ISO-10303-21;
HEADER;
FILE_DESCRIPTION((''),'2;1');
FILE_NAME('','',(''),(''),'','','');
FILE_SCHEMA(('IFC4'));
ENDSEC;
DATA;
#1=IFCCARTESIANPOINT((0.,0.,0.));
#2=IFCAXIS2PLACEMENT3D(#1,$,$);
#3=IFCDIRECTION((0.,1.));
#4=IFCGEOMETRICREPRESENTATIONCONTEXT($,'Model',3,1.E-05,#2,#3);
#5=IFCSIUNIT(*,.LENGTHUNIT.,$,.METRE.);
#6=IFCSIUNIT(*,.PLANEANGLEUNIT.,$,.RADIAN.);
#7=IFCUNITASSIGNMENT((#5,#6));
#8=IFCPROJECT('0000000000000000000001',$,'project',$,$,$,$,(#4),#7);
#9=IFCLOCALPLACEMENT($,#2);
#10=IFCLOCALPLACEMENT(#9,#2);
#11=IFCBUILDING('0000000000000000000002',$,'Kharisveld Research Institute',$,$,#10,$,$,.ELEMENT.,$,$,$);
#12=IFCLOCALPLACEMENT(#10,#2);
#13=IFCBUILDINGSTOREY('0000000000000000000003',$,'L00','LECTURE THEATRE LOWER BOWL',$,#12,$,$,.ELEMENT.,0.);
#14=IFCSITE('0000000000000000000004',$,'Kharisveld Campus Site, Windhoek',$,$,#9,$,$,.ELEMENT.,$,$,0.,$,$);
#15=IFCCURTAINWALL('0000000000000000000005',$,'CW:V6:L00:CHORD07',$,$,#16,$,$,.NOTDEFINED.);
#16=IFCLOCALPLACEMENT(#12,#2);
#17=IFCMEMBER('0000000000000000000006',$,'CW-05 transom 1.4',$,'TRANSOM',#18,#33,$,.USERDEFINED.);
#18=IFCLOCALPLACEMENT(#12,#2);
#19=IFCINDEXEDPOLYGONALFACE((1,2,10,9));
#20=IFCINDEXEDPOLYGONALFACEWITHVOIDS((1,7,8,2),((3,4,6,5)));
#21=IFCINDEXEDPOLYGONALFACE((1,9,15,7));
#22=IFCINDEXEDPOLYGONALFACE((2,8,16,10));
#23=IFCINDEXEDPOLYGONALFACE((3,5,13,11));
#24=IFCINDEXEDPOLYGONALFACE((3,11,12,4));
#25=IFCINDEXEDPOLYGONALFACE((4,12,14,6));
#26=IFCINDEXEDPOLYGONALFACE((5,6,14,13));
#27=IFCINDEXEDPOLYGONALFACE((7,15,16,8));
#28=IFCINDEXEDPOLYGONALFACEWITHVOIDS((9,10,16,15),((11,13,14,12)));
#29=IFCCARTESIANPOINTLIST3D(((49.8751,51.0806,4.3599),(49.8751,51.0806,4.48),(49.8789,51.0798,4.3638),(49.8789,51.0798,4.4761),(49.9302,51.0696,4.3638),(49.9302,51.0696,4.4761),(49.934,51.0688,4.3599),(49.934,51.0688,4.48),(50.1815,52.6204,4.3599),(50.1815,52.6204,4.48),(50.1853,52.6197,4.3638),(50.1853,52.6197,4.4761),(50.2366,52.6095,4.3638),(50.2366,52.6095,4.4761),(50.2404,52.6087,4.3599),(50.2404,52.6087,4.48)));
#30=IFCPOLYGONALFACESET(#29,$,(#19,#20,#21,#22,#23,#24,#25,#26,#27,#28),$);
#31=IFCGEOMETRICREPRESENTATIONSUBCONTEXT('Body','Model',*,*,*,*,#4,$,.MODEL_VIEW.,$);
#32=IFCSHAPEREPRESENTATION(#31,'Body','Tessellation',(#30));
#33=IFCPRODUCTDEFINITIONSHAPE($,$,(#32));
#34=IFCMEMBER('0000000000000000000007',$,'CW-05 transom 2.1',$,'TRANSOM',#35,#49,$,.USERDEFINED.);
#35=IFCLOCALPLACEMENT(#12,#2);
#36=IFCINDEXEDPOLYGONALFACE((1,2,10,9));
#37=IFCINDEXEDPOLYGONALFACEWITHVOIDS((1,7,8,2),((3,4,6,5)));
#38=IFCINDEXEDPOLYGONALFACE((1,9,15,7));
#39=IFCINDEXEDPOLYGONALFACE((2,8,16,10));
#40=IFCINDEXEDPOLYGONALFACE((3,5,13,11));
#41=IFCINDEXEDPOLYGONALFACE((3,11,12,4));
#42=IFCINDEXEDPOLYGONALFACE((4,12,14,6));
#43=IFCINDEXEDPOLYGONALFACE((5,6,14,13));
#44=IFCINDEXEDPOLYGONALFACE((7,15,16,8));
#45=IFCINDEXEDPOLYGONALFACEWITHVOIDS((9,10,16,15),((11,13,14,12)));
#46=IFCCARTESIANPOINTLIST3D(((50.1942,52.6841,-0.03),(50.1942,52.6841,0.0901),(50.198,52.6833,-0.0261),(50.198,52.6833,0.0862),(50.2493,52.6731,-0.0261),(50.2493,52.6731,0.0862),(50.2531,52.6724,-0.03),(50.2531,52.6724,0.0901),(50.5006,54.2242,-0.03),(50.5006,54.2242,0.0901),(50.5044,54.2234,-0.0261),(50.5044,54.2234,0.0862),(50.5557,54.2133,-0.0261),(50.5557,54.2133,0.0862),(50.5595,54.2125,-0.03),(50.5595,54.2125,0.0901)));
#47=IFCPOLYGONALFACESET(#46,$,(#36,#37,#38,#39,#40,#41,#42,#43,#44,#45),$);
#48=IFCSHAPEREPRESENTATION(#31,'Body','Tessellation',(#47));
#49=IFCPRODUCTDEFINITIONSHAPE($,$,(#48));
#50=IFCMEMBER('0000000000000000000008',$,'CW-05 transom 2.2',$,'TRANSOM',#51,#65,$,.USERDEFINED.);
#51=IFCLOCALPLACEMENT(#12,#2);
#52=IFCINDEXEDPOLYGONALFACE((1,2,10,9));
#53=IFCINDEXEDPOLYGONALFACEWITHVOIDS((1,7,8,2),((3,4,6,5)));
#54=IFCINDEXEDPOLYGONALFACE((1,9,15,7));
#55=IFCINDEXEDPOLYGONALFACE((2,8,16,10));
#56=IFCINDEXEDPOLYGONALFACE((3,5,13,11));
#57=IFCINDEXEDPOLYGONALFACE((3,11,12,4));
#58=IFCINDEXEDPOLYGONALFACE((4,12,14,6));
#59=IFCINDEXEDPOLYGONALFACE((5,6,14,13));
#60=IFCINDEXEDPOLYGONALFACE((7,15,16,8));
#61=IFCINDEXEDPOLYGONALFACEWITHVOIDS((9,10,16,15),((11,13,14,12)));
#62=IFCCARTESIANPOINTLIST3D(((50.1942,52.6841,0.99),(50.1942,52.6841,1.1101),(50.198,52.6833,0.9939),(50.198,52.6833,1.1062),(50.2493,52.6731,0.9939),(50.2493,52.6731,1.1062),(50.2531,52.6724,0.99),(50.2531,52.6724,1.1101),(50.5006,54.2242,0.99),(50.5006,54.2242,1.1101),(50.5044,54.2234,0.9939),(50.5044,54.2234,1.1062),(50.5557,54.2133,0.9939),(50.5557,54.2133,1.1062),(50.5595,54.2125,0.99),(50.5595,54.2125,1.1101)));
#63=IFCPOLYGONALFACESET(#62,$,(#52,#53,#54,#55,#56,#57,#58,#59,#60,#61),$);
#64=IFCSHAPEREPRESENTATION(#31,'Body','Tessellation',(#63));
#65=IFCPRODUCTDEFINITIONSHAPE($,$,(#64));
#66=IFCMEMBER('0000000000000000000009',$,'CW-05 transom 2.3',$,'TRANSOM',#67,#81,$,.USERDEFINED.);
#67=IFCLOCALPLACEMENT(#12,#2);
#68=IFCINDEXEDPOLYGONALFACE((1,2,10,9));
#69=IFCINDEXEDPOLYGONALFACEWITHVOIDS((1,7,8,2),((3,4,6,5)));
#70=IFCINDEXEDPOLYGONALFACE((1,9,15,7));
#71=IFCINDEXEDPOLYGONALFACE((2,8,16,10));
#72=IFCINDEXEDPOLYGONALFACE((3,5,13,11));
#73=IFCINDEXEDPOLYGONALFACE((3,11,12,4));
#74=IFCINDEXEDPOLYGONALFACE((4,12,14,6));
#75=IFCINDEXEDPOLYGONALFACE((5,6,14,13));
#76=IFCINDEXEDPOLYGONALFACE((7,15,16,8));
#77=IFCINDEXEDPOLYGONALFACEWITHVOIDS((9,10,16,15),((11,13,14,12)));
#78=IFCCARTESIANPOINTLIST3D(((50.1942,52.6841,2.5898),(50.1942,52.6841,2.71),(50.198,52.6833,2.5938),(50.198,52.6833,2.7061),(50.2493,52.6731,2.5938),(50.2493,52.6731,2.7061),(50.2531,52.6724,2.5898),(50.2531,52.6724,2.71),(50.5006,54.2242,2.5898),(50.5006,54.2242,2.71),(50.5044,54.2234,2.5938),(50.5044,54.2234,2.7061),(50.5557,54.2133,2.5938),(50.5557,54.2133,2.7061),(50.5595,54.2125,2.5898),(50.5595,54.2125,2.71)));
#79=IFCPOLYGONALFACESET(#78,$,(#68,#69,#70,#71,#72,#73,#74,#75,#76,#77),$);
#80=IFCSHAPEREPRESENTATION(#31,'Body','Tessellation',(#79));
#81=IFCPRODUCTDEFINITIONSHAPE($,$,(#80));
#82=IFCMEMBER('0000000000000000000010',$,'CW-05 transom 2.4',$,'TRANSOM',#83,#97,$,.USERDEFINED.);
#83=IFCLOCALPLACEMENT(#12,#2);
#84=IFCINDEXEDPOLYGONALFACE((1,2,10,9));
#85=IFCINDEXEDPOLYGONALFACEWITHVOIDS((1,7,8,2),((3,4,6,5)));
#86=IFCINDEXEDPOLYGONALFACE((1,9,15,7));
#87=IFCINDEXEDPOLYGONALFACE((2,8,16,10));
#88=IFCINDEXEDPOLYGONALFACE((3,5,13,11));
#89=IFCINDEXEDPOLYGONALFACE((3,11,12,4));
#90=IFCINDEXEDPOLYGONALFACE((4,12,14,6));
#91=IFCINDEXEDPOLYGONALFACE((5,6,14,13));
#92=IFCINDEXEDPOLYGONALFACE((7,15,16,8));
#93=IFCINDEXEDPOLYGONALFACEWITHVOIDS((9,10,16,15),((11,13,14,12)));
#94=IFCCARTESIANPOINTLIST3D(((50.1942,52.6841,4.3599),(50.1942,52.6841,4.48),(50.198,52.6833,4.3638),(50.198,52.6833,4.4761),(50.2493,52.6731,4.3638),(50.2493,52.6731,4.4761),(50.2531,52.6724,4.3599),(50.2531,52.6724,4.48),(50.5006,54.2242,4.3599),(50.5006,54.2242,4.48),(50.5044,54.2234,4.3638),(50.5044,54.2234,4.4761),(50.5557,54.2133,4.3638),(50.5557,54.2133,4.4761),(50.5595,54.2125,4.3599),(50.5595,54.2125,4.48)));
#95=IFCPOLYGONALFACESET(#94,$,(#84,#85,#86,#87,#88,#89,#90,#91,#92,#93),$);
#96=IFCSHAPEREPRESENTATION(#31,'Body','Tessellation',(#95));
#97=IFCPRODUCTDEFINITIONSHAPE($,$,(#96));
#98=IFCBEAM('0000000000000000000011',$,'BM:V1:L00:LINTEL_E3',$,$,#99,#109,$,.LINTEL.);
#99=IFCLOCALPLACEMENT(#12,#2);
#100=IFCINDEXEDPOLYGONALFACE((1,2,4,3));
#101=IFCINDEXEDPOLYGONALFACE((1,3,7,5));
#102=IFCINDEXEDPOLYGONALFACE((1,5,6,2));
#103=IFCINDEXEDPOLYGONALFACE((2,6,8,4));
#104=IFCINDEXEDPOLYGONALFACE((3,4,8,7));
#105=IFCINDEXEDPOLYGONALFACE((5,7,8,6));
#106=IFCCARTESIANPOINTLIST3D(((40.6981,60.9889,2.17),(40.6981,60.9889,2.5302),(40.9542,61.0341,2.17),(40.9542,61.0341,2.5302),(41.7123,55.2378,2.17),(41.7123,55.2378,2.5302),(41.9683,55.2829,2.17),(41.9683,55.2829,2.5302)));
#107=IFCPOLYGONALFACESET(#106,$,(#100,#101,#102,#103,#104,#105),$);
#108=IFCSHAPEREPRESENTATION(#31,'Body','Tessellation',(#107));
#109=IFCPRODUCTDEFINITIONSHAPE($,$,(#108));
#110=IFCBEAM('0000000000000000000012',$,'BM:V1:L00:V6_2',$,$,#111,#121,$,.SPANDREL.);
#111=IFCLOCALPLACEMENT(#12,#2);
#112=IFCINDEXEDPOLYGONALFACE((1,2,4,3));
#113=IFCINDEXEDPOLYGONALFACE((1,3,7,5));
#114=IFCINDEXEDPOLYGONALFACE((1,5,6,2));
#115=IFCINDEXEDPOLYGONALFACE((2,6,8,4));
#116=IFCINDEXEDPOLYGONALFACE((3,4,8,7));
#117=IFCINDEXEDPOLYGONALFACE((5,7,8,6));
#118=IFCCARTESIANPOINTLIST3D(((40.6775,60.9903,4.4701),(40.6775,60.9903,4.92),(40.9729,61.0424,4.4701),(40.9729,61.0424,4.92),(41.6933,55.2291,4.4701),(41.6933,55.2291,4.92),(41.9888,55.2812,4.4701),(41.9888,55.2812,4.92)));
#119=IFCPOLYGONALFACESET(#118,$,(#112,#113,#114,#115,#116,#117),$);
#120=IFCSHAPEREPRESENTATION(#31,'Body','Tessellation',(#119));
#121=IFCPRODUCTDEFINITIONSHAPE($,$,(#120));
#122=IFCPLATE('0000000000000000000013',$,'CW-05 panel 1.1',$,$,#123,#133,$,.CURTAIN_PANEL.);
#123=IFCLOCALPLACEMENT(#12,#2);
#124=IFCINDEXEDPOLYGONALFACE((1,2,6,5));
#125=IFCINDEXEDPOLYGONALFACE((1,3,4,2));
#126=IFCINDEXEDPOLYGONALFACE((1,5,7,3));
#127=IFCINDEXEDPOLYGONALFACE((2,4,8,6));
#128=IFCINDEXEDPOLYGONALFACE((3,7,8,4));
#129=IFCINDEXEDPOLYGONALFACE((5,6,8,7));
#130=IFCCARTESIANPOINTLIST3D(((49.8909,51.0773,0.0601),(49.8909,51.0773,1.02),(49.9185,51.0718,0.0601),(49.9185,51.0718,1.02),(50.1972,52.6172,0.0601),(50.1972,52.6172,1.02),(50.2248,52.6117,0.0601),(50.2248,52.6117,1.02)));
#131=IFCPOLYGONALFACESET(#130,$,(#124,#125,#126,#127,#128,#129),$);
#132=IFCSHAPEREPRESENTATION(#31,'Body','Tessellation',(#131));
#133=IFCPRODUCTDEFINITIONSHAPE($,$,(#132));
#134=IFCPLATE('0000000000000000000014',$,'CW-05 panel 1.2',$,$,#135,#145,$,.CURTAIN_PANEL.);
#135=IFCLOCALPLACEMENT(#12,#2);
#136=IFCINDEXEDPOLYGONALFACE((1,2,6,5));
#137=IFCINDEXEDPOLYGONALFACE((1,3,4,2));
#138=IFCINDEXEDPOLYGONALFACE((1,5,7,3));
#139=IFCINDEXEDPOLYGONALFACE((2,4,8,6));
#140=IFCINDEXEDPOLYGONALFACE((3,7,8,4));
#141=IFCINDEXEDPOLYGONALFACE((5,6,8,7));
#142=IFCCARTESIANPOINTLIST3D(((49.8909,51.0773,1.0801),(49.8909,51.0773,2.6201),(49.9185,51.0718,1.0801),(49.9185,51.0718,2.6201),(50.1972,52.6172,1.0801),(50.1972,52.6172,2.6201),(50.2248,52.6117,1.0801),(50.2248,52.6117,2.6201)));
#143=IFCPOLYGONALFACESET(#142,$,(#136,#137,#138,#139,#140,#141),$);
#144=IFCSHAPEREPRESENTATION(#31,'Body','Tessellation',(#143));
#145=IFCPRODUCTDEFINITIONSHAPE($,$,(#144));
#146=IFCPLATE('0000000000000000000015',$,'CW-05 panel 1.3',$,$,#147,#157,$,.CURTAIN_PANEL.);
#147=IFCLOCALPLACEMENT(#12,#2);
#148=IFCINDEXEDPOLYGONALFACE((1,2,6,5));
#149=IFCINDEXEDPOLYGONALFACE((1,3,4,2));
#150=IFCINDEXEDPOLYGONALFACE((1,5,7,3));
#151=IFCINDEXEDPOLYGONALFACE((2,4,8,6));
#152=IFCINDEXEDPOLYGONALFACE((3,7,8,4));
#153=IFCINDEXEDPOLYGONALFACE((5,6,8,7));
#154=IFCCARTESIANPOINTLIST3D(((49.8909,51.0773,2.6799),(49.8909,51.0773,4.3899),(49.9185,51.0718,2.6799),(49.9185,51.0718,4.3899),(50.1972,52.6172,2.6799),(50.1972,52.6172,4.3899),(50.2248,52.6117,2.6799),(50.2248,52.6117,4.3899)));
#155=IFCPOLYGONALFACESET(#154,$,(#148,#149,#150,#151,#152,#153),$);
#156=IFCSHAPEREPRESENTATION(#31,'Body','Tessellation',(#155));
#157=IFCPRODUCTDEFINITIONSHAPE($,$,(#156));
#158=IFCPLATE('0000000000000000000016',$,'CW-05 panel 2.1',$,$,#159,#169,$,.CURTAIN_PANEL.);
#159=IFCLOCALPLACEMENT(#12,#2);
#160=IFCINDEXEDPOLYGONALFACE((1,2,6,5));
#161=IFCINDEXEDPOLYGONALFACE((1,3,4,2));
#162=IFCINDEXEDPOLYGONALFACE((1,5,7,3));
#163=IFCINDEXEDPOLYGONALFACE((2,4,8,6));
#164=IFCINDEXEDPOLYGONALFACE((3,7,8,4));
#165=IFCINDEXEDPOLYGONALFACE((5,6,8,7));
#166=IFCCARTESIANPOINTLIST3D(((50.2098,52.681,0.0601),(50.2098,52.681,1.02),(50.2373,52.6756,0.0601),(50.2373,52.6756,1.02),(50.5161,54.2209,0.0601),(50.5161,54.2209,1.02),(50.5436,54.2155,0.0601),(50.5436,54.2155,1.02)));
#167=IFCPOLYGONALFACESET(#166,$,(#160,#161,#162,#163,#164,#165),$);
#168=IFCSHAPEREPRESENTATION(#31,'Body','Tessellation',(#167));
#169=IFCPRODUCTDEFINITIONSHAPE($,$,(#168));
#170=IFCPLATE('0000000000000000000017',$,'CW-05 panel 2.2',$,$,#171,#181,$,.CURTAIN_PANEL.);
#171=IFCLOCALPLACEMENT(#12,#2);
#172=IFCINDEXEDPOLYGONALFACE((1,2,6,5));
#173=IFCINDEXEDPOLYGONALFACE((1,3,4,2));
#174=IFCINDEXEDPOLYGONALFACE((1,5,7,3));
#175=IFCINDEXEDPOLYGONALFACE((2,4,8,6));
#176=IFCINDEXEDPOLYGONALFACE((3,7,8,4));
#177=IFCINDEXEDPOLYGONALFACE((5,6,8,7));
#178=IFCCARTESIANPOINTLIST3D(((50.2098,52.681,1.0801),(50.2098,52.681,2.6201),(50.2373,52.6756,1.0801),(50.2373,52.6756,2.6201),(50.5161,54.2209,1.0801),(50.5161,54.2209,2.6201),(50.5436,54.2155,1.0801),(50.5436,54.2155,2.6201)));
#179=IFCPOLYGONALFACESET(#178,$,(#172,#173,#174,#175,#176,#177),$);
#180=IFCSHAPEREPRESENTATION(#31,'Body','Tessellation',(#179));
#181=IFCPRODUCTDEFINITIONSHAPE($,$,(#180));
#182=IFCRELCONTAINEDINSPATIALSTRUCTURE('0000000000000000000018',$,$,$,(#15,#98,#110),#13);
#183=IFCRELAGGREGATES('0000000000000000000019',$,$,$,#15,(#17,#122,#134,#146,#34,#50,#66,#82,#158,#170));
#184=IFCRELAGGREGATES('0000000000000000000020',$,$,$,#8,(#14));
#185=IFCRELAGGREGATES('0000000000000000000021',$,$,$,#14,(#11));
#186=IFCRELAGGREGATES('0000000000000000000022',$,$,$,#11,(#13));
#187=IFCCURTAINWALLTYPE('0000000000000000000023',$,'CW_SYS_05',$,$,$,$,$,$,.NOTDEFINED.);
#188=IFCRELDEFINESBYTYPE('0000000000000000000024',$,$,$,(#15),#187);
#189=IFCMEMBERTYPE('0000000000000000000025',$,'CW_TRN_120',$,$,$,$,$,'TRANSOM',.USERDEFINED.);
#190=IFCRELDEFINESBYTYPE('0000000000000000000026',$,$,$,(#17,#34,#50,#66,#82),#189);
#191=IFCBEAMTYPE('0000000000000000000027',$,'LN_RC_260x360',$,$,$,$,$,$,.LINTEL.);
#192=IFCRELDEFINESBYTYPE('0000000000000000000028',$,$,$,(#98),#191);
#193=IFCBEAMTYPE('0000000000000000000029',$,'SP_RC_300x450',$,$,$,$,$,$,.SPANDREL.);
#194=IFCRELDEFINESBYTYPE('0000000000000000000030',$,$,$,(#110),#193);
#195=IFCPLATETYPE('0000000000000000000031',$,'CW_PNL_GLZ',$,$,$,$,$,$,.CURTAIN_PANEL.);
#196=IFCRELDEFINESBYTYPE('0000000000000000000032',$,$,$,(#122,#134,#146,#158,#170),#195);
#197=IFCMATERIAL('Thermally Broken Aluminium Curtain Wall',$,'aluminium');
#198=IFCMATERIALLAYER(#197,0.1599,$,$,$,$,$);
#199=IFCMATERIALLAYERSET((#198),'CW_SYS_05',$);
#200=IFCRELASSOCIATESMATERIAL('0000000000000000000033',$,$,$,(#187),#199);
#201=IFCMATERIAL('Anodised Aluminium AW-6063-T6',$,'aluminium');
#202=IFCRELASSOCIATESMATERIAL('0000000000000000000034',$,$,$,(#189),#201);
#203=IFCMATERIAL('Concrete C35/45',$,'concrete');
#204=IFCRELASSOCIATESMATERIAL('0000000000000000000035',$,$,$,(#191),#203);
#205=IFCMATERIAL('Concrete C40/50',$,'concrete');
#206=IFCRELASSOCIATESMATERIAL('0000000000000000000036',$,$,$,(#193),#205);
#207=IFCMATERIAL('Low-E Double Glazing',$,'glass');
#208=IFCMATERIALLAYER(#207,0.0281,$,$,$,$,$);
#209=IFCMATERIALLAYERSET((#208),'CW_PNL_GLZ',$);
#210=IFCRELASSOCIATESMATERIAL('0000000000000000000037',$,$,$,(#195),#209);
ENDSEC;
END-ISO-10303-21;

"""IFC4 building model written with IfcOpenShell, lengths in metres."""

from ifc_helpers import new_model, si_unit, direction, frame, origin, origin_2d, place, context, subcontext, project, spatial, rectangle, hollow_rectangle, extrude, material, layer, layer_set, material_profile, profile_set, type_object, element, aggregate, save


model = new_model("IFC4")

# Units and contexts
model_context = context("Model", 3, precision=1e-05, world=origin(), true_north=direction((0.0, 1.0)))
body_context = subcontext(model_context, "Body", "Model", "MODEL_VIEW")
ifc_project = project(units=[si_unit("LENGTHUNIT", "METRE"), si_unit("PLANEANGLEUNIT", "RADIAN")], contexts=[model_context])

# Site, building, storey
site_placement = place(None, origin())
site = spatial("IfcSite", under=ifc_project, at=site_placement, Name="Kharisveld Campus Site, Windhoek", CompositionType="ELEMENT", RefElevation=0.0)
building_placement = place(site_placement, origin())
building = spatial("IfcBuilding", under=site, at=building_placement, Name="Kharisveld Research Institute", CompositionType="ELEMENT")
storey_placement = place(building_placement, origin())
storey = spatial("IfcBuildingStorey", under=building, at=storey_placement, Name="L00", Description="LECTURE THEATRE LOWER BOWL", CompositionType="ELEMENT", Elevation=0.0)

# Curtain wall, members
ifc_material_1 = material(Name="Thermally Broken Aluminium Curtain Wall", Category="aluminium")
ifc_layer_1 = layer(ifc_material_1, 0.1599)
ifc_layer_set_1 = layer_set([ifc_layer_1], Name="CW_SYS_05")
curtain_wall_type_1 = type_object("IfcCurtainWallType", Name="CW_SYS_05", PredefinedType="NOTDEFINED", material=ifc_layer_set_1)
curtain_wall_1_placement = place(storey_placement, origin())
curtain_wall_1 = element("IfcCurtainWall", 1, at=curtain_wall_1_placement, inside=storey, type_object=curtain_wall_type_1, Name="CW:V6:L00:CHORD07", PredefinedType="NOTDEFINED")
ifc_material_2 = material(Name="Anodised Aluminium AW-6063-T6", Category="aluminium")
ifc_material_profile_1 = material_profile(ifc_material_2, hollow_rectangle(XDim=0.0601, YDim=0.1201, WallThickness=0.0039, at=origin_2d()))
ifc_profile_set_1 = profile_set([ifc_material_profile_1], Name="Anodised Aluminium AW-6063-T6")
member_type_1 = type_object("IfcMemberType", Name="CW_TRN_120", ElementType="TRANSOM", PredefinedType="USERDEFINED", material=ifc_profile_set_1)
member_1_placement = place(storey_placement, frame((49.9045, 51.0747, 4.4199), z_axis=(0.195159, 0.980772, 0.0), x_axis=(-0.980772, 0.195159, 0.0)))
member_1 = element("IfcMember", 2, at=member_1_placement, type_object=member_type_1, Name="CW-05 transom 1.4", ObjectType="TRANSOM", PredefinedType="USERDEFINED", context=body_context, shape_type="SweptSolid", body=[
    extrude(hollow_rectangle(XDim=0.0601, YDim=0.1201, WallThickness=0.0039, at=origin_2d()), origin(), (0.0, 0.0, 1.0), 1.5701),
])
member_2_placement = place(storey_placement, frame((50.2236, 52.6782, 0.03), z_axis=(0.195129, 0.980778, 0.0), x_axis=(-0.980778, 0.195129, 0.0)))
member_2 = element("IfcMember", 3, at=member_2_placement, type_object=member_type_1, Name="CW-05 transom 2.1", ObjectType="TRANSOM", PredefinedType="USERDEFINED", context=body_context, shape_type="SweptSolid", body=[
    extrude(hollow_rectangle(XDim=0.0601, YDim=0.1201, WallThickness=0.0039, at=origin_2d()), origin(), (0.0, 0.0, 1.0), 1.5703),
])
member_3_placement = place(storey_placement, frame((50.2236, 52.6782, 1.05), z_axis=(0.195129, 0.980778, 0.0), x_axis=(-0.980778, 0.195129, 0.0)))
member_3 = element("IfcMember", 4, at=member_3_placement, type_object=member_type_1, Name="CW-05 transom 2.2", ObjectType="TRANSOM", PredefinedType="USERDEFINED", context=body_context, shape_type="SweptSolid", body=[
    extrude(hollow_rectangle(XDim=0.0601, YDim=0.1201, WallThickness=0.0039, at=origin_2d()), origin(), (0.0, 0.0, 1.0), 1.5703),
])
member_4_placement = place(storey_placement, frame((50.2236, 52.6782, 2.6499), z_axis=(0.195129, 0.980778, 0.0), x_axis=(-0.980778, 0.195129, 0.0)))
member_4 = element("IfcMember", 5, at=member_4_placement, type_object=member_type_1, Name="CW-05 transom 2.3", ObjectType="TRANSOM", PredefinedType="USERDEFINED", context=body_context, shape_type="SweptSolid", body=[
    extrude(hollow_rectangle(XDim=0.0601, YDim=0.1201, WallThickness=0.0039, at=origin_2d()), origin(), (0.0, 0.0, 1.0), 1.5703),
])
member_5_placement = place(storey_placement, frame((50.2236, 52.6782, 4.4199), z_axis=(0.195129, 0.980778, 0.0), x_axis=(-0.980778, 0.195129, 0.0)))
member_5 = element("IfcMember", 6, at=member_5_placement, type_object=member_type_1, Name="CW-05 transom 2.4", ObjectType="TRANSOM", PredefinedType="USERDEFINED", context=body_context, shape_type="SweptSolid", body=[
    extrude(hollow_rectangle(XDim=0.0601, YDim=0.1201, WallThickness=0.0039, at=origin_2d()), origin(), (0.0, 0.0, 1.0), 1.5703),
])

# Beams
ifc_material_3 = material(Name="Concrete C35/45", Category="concrete")
ifc_material_profile_2 = material_profile(ifc_material_3, rectangle(XDim=0.26, YDim=0.3601, at=origin_2d()))
ifc_profile_set_2 = profile_set([ifc_material_profile_2], Name="Concrete C35/45")
beam_type_1 = type_object("IfcBeamType", Name="LN_RC_260x360", PredefinedType="LINTEL", material=ifc_profile_set_2)
beam_1_placement = place(storey_placement, frame((40.8262, 61.0115, 2.3501), z_axis=(0.173659, -0.984806, 0.0), x_axis=(0.984806, 0.173659, 0.0)))
element("IfcBeam", 7, at=beam_1_placement, inside=storey, type_object=beam_type_1, Name="BM:V1:L00:LINTEL_E3", PredefinedType="LINTEL", context=body_context, shape_type="SweptSolid", body=[
    extrude(rectangle(XDim=0.26, YDim=0.3601, at=origin_2d()), origin(), (0.0, 0.0, 1.0), 5.8398),
])
ifc_material_4 = material(Name="Concrete C40/50", Category="concrete")
ifc_material_profile_3 = material_profile(ifc_material_4, rectangle(XDim=0.3, YDim=0.45, at=origin_2d()))
ifc_profile_set_3 = profile_set([ifc_material_profile_3], Name="Concrete C40/50")
beam_type_2 = type_object("IfcBeamType", Name="SP_RC_300x450", PredefinedType="SPANDREL", material=ifc_profile_set_3)
beam_2_placement = place(storey_placement, frame((41.8411, 55.2551, 4.6951), z_axis=(-0.17365, 0.984807, 0.0), x_axis=(-0.984807, -0.17365, 0.0)))
element("IfcBeam", 8, at=beam_2_placement, inside=storey, type_object=beam_type_2, Name="BM:V1:L00:V6_2", PredefinedType="SPANDREL", context=body_context, shape_type="SweptSolid", body=[
    extrude(rectangle(XDim=0.3, YDim=0.45, at=origin_2d()), origin(), (0.0, 0.0, 1.0), 5.8501),
])

# Plates
ifc_material_5 = material(Name="Low-E Double Glazing", Category="glass")
ifc_layer_2 = layer(ifc_material_5, 0.0281)
ifc_layer_set_2 = layer_set([ifc_layer_2], Name="CW_PNL_GLZ")
plate_type = type_object("IfcPlateType", Name="CW_PNL_GLZ", PredefinedType="CURTAIN_PANEL", material=ifc_layer_set_2)
plate_1_placement = place(storey_placement, frame((50.0579, 51.8445, 0.0601), z_axis=(0.0, 0.0, 1.0), x_axis=(0.195091, 0.980785, 0.0)))
plate_1 = element("IfcPlate", 9, at=plate_1_placement, type_object=plate_type, Name="CW-05 panel 1.1", PredefinedType="CURTAIN_PANEL", context=body_context, shape_type="SweptSolid", body=[
    extrude(rectangle(XDim=1.5701, YDim=0.0281, at=origin_2d()), origin(), (0.0, 0.0, 1.0), 0.96),
])
plate_2_placement = place(storey_placement, frame((50.0579, 51.8445, 1.0801), z_axis=(0.0, 0.0, 1.0), x_axis=(0.195091, 0.980785, 0.0)))
plate_2 = element("IfcPlate", 10, at=plate_2_placement, type_object=plate_type, Name="CW-05 panel 1.2", PredefinedType="CURTAIN_PANEL", context=body_context, shape_type="SweptSolid", body=[
    extrude(rectangle(XDim=1.5701, YDim=0.0281, at=origin_2d()), origin(), (0.0, 0.0, 1.0), 1.54),
])
plate_3_placement = place(storey_placement, frame((50.0579, 51.8445, 2.6799), z_axis=(0.0, 0.0, 1.0), x_axis=(0.195091, 0.980785, 0.0)))
plate_3 = element("IfcPlate", 11, at=plate_3_placement, type_object=plate_type, Name="CW-05 panel 1.3", PredefinedType="CURTAIN_PANEL", context=body_context, shape_type="SweptSolid", body=[
    extrude(rectangle(XDim=1.5701, YDim=0.0281, at=origin_2d()), origin(), (0.0, 0.0, 1.0), 1.71),
])
plate_4_placement = place(storey_placement, frame((50.3767, 53.4482, 0.0601), z_axis=(0.0, 0.0, 1.0), x_axis=(0.195091, 0.980785, 0.0)))
plate_4 = element("IfcPlate", 12, at=plate_4_placement, type_object=plate_type, Name="CW-05 panel 2.1", PredefinedType="CURTAIN_PANEL", context=body_context, shape_type="SweptSolid", body=[
    extrude(rectangle(XDim=1.5701, YDim=0.0281, at=origin_2d()), origin(), (0.0, 0.0, 1.0), 0.96),
])
plate_5_placement = place(storey_placement, frame((50.3767, 53.4482, 1.0801), z_axis=(0.0, 0.0, 1.0), x_axis=(0.195091, 0.980785, 0.0)))
plate_5 = element("IfcPlate", 13, at=plate_5_placement, type_object=plate_type, Name="CW-05 panel 2.2", PredefinedType="CURTAIN_PANEL", context=body_context, shape_type="SweptSolid", body=[
    extrude(rectangle(XDim=1.5701, YDim=0.0281, at=origin_2d()), origin(), (0.0, 0.0, 1.0), 1.54),
])
aggregate(curtain_wall_1, [member_1, plate_1, plate_2, plate_3, member_2, member_3, member_4, member_5, plate_4, plate_5])

save(model, "model.ifc")
